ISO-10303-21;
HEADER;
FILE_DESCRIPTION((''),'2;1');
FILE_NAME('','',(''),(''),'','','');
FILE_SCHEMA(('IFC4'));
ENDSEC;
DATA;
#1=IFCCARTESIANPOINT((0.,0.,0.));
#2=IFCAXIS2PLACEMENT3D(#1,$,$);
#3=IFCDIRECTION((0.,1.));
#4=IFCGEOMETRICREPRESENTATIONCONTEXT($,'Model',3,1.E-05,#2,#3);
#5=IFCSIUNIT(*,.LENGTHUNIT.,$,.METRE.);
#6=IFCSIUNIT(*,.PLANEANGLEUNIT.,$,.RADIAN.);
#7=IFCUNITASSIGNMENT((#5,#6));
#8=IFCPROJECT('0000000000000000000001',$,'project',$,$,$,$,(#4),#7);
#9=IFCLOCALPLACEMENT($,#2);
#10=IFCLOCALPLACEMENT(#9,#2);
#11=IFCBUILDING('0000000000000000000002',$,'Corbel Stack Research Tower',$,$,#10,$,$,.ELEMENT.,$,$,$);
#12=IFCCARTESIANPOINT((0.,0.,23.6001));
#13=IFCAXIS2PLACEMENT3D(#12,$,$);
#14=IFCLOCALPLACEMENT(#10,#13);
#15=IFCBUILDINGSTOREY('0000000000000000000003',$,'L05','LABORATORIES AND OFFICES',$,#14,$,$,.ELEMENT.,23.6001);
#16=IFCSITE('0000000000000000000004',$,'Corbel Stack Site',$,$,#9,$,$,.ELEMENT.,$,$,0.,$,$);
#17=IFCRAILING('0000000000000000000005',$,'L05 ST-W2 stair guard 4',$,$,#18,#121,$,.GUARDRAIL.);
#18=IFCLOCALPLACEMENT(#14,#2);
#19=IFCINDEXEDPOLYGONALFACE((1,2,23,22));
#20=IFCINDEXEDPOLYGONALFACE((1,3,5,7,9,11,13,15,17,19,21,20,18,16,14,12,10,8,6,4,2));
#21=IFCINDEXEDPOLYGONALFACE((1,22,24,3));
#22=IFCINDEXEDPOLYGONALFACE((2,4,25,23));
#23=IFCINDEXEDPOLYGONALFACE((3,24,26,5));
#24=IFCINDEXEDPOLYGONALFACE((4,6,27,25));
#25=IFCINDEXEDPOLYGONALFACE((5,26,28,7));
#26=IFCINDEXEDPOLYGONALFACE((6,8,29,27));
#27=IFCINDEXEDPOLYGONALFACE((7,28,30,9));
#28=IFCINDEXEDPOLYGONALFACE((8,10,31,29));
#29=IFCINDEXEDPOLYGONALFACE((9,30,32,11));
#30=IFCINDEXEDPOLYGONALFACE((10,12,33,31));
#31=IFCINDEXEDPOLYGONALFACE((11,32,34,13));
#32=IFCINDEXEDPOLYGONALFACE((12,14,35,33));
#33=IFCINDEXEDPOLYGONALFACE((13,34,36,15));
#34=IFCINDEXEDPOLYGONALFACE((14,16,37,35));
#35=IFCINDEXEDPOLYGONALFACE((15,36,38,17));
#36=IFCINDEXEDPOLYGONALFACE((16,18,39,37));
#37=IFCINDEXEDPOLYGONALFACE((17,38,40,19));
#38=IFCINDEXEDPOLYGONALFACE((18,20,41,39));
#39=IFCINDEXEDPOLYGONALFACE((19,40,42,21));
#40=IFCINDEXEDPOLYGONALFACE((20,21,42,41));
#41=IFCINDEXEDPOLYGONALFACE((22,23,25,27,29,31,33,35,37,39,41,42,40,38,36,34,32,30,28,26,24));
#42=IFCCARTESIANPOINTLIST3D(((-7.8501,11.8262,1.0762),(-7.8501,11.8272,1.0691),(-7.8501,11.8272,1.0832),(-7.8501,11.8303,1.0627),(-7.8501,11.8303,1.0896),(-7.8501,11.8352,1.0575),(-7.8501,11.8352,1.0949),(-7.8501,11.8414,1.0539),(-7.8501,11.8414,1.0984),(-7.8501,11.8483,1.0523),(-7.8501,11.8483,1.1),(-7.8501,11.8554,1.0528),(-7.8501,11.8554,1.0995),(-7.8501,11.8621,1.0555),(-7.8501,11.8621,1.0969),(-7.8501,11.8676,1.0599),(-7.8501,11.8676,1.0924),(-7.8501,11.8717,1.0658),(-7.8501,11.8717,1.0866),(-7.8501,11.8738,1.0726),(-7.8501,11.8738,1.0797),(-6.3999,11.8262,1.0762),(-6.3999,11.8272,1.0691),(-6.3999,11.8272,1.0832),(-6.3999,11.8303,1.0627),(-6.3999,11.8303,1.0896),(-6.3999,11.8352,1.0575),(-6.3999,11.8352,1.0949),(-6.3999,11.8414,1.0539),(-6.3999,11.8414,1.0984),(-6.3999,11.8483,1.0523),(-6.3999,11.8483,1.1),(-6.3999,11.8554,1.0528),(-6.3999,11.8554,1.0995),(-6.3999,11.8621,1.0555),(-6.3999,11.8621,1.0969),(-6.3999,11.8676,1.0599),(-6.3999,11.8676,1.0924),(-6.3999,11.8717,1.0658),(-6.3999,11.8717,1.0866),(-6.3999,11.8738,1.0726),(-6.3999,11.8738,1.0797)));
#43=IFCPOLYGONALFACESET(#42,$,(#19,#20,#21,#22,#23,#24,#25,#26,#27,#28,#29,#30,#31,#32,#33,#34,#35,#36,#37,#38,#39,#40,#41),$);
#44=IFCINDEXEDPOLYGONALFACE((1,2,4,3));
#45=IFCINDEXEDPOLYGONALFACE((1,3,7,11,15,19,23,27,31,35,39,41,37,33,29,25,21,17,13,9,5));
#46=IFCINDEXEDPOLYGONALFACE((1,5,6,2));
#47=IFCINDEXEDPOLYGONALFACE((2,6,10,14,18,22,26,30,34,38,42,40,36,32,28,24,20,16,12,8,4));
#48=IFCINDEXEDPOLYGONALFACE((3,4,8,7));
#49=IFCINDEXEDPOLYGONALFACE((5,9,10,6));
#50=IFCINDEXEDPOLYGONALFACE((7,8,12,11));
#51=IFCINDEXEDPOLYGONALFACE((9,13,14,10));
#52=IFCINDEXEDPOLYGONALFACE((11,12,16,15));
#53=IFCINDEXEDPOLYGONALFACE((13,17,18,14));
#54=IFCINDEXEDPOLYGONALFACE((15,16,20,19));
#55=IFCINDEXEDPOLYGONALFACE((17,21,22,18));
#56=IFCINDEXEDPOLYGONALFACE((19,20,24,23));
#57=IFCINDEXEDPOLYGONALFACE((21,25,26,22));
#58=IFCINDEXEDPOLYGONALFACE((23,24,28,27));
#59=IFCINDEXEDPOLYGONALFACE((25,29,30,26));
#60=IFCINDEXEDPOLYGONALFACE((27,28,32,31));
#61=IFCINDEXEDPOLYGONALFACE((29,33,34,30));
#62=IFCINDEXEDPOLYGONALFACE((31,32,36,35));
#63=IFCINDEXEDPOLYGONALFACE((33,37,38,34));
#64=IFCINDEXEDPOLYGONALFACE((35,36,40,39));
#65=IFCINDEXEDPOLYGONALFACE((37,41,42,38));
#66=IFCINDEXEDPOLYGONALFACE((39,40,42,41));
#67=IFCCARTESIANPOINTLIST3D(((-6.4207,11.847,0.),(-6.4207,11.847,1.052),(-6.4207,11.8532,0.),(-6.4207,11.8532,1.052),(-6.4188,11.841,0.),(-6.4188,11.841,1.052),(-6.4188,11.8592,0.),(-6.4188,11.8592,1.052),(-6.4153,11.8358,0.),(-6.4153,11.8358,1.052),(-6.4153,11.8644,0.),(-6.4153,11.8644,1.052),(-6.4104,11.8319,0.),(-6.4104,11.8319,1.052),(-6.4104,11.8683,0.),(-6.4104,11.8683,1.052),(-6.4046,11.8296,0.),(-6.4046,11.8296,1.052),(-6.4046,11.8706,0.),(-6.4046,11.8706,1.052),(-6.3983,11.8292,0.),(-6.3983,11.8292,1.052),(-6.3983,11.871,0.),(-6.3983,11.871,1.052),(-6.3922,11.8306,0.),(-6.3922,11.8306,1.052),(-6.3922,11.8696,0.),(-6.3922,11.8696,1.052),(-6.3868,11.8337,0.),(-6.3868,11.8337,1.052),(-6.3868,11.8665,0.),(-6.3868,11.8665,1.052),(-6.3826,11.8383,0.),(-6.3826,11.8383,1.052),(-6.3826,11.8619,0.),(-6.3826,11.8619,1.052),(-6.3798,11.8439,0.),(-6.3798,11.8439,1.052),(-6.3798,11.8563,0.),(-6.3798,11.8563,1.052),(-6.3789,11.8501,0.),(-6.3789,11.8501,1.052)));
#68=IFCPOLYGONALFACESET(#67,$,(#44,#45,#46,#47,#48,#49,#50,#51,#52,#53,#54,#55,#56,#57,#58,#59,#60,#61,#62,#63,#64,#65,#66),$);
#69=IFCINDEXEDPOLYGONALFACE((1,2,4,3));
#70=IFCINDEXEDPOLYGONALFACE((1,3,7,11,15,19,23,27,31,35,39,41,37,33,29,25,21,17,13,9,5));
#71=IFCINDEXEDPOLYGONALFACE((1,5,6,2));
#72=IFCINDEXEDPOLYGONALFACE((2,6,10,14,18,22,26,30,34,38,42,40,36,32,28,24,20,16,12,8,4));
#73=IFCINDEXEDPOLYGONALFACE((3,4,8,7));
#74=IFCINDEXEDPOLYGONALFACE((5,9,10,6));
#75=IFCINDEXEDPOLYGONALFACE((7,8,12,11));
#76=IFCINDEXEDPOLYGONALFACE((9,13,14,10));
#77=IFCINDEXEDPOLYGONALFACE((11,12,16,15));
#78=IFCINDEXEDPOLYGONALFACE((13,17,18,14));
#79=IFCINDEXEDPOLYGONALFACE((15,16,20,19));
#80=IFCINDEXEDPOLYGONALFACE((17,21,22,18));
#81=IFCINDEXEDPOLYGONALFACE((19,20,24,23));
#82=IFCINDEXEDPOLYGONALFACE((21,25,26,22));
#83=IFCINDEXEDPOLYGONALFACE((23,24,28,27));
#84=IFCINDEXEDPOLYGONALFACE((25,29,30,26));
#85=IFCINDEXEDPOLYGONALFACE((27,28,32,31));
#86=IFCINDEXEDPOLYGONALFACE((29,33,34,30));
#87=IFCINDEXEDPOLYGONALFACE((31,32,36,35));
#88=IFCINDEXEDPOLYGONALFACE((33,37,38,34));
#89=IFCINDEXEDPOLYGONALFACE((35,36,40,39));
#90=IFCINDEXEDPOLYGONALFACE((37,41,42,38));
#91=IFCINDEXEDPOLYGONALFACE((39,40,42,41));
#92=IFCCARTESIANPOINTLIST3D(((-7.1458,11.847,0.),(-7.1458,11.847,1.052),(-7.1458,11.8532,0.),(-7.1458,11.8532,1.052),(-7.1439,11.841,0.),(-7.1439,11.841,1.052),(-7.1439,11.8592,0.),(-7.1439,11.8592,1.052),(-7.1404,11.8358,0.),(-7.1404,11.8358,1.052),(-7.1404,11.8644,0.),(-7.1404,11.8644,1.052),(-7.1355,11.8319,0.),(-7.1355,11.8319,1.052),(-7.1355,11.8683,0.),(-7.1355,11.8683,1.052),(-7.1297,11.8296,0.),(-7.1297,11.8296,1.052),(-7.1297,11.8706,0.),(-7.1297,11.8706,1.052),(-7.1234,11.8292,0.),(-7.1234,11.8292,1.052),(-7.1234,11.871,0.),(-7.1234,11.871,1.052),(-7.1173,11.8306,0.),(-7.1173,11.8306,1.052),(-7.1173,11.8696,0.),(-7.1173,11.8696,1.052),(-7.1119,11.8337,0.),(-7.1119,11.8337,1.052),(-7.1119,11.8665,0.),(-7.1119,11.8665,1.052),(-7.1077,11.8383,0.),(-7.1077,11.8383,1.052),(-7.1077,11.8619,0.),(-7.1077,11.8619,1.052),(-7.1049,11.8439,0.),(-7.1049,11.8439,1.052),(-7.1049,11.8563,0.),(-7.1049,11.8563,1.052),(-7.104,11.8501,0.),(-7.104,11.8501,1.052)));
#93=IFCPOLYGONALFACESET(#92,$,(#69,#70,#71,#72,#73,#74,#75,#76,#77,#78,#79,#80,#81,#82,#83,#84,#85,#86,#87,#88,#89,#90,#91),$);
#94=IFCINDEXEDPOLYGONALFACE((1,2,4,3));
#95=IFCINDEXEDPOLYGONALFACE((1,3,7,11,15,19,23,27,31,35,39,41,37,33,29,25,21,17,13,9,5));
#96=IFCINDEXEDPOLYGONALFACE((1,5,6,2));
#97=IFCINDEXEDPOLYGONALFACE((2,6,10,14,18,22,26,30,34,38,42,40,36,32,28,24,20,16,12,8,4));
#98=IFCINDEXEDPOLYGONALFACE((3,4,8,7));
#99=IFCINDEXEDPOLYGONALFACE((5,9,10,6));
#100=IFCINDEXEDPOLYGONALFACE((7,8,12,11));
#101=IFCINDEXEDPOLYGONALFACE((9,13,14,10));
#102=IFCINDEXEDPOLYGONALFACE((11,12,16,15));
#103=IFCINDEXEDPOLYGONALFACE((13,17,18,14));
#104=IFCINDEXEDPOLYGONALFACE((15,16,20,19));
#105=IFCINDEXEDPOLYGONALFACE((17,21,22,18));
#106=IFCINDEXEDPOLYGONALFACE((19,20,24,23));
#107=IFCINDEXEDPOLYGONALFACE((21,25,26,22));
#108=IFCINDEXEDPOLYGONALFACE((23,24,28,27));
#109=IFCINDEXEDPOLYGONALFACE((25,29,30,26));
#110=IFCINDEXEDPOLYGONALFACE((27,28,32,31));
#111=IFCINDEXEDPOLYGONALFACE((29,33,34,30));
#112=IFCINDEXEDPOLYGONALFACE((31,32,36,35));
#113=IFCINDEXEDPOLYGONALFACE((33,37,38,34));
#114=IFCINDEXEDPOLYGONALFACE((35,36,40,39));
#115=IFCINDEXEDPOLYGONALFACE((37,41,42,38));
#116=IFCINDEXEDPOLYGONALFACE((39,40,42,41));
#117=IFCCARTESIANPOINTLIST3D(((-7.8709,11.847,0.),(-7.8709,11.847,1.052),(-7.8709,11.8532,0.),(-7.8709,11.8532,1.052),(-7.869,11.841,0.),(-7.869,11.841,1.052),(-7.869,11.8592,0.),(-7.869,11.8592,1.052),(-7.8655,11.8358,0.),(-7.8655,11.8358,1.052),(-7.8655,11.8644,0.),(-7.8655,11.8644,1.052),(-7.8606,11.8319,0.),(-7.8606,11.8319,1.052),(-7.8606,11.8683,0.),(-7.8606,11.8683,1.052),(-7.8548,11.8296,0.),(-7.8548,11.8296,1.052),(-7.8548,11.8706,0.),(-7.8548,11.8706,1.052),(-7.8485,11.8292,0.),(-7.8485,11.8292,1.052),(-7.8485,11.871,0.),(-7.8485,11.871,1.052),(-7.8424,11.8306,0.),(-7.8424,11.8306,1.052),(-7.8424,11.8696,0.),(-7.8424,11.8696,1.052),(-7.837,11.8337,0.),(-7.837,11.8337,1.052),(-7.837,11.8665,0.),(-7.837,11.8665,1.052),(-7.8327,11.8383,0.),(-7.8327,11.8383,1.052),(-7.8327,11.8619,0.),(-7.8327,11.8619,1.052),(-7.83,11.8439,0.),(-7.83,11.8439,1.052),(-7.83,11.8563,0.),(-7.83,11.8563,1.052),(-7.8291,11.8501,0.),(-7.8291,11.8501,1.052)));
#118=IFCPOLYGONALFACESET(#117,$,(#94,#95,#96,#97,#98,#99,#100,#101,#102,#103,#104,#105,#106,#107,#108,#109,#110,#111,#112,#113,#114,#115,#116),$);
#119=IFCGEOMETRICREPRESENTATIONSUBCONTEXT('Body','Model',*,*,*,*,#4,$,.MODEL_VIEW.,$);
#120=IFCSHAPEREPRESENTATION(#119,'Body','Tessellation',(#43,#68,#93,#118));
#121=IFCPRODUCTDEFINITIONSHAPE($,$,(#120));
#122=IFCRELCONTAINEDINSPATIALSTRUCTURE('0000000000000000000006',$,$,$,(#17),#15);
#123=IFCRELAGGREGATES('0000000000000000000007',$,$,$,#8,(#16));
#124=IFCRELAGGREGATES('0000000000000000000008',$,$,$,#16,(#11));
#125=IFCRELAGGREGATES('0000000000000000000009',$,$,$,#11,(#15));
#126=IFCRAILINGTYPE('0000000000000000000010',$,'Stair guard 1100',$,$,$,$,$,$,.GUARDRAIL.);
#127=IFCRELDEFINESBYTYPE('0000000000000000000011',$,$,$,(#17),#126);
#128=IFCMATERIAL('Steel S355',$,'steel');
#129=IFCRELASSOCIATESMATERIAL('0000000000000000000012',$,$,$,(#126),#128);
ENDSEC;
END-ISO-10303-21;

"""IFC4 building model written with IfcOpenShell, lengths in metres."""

from ifc_helpers import new_model, si_unit, direction, frame, origin, origin_2d, place, context, subcontext, project, spatial, circle, extrude, material, type_object, element, save


model = new_model("IFC4")

# Units and contexts
model_context = context("Model", 3, precision=1e-05, world=origin(), true_north=direction((0.0, 1.0)))
body_context = subcontext(model_context, "Body", "Model", "MODEL_VIEW")
ifc_project = project(units=[si_unit("LENGTHUNIT", "METRE"), si_unit("PLANEANGLEUNIT", "RADIAN")], contexts=[model_context])

# Site, building, storey
site_placement = place(None, origin())
site = spatial("IfcSite", under=ifc_project, at=site_placement, Name="Corbel Stack Site", CompositionType="ELEMENT", RefElevation=0.0)
building_placement = place(site_placement, origin())
building = spatial("IfcBuilding", under=site, at=building_placement, Name="Corbel Stack Research Tower", CompositionType="ELEMENT")
storey_placement = place(building_placement, frame((0.0, 0.0, 23.6001)))
storey = spatial("IfcBuildingStorey", under=building, at=storey_placement, Name="L05", Description="LABORATORIES AND OFFICES", CompositionType="ELEMENT", Elevation=23.6001)

# Railing
ifc_material_1 = material(Name="Steel S355", Category="steel")
railing_type_1 = type_object("IfcRailingType", Name="Stair guard 1100", PredefinedType="GUARDRAIL", material=ifc_material_1)
railing_1_placement = place(storey_placement, frame((-6.3999, 11.8501, 0.0)))
element("IfcRailing", 1, at=railing_1_placement, inside=storey, type_object=railing_type_1, Name="L05 ST-W2 stair guard 4", PredefinedType="GUARDRAIL", context=body_context, shape_type="SweptSolid", body=[
    extrude(circle(Radius=0.0239, at=origin_2d()), frame((0.0, 0.0, 1.0762), z_axis=(-1.0, 0.0, 0.0), x_axis=(0.0, -1.0, 0.0)), (0.0, 0.0, 1.0), 1.4502),
    extrude(circle(Radius=0.021, at=origin_2d()), origin(), (0.0, 0.0, 1.0), 1.052),
    extrude(circle(Radius=0.021, at=origin_2d()), frame((-0.7251, 0.0, 0.0)), (0.0, 0.0, 1.0), 1.052),
    extrude(circle(Radius=0.021, at=origin_2d()), frame((-1.4502, 0.0, 0.0)), (0.0, 0.0, 1.0), 1.052),
])

save(model, "model.ifc")
